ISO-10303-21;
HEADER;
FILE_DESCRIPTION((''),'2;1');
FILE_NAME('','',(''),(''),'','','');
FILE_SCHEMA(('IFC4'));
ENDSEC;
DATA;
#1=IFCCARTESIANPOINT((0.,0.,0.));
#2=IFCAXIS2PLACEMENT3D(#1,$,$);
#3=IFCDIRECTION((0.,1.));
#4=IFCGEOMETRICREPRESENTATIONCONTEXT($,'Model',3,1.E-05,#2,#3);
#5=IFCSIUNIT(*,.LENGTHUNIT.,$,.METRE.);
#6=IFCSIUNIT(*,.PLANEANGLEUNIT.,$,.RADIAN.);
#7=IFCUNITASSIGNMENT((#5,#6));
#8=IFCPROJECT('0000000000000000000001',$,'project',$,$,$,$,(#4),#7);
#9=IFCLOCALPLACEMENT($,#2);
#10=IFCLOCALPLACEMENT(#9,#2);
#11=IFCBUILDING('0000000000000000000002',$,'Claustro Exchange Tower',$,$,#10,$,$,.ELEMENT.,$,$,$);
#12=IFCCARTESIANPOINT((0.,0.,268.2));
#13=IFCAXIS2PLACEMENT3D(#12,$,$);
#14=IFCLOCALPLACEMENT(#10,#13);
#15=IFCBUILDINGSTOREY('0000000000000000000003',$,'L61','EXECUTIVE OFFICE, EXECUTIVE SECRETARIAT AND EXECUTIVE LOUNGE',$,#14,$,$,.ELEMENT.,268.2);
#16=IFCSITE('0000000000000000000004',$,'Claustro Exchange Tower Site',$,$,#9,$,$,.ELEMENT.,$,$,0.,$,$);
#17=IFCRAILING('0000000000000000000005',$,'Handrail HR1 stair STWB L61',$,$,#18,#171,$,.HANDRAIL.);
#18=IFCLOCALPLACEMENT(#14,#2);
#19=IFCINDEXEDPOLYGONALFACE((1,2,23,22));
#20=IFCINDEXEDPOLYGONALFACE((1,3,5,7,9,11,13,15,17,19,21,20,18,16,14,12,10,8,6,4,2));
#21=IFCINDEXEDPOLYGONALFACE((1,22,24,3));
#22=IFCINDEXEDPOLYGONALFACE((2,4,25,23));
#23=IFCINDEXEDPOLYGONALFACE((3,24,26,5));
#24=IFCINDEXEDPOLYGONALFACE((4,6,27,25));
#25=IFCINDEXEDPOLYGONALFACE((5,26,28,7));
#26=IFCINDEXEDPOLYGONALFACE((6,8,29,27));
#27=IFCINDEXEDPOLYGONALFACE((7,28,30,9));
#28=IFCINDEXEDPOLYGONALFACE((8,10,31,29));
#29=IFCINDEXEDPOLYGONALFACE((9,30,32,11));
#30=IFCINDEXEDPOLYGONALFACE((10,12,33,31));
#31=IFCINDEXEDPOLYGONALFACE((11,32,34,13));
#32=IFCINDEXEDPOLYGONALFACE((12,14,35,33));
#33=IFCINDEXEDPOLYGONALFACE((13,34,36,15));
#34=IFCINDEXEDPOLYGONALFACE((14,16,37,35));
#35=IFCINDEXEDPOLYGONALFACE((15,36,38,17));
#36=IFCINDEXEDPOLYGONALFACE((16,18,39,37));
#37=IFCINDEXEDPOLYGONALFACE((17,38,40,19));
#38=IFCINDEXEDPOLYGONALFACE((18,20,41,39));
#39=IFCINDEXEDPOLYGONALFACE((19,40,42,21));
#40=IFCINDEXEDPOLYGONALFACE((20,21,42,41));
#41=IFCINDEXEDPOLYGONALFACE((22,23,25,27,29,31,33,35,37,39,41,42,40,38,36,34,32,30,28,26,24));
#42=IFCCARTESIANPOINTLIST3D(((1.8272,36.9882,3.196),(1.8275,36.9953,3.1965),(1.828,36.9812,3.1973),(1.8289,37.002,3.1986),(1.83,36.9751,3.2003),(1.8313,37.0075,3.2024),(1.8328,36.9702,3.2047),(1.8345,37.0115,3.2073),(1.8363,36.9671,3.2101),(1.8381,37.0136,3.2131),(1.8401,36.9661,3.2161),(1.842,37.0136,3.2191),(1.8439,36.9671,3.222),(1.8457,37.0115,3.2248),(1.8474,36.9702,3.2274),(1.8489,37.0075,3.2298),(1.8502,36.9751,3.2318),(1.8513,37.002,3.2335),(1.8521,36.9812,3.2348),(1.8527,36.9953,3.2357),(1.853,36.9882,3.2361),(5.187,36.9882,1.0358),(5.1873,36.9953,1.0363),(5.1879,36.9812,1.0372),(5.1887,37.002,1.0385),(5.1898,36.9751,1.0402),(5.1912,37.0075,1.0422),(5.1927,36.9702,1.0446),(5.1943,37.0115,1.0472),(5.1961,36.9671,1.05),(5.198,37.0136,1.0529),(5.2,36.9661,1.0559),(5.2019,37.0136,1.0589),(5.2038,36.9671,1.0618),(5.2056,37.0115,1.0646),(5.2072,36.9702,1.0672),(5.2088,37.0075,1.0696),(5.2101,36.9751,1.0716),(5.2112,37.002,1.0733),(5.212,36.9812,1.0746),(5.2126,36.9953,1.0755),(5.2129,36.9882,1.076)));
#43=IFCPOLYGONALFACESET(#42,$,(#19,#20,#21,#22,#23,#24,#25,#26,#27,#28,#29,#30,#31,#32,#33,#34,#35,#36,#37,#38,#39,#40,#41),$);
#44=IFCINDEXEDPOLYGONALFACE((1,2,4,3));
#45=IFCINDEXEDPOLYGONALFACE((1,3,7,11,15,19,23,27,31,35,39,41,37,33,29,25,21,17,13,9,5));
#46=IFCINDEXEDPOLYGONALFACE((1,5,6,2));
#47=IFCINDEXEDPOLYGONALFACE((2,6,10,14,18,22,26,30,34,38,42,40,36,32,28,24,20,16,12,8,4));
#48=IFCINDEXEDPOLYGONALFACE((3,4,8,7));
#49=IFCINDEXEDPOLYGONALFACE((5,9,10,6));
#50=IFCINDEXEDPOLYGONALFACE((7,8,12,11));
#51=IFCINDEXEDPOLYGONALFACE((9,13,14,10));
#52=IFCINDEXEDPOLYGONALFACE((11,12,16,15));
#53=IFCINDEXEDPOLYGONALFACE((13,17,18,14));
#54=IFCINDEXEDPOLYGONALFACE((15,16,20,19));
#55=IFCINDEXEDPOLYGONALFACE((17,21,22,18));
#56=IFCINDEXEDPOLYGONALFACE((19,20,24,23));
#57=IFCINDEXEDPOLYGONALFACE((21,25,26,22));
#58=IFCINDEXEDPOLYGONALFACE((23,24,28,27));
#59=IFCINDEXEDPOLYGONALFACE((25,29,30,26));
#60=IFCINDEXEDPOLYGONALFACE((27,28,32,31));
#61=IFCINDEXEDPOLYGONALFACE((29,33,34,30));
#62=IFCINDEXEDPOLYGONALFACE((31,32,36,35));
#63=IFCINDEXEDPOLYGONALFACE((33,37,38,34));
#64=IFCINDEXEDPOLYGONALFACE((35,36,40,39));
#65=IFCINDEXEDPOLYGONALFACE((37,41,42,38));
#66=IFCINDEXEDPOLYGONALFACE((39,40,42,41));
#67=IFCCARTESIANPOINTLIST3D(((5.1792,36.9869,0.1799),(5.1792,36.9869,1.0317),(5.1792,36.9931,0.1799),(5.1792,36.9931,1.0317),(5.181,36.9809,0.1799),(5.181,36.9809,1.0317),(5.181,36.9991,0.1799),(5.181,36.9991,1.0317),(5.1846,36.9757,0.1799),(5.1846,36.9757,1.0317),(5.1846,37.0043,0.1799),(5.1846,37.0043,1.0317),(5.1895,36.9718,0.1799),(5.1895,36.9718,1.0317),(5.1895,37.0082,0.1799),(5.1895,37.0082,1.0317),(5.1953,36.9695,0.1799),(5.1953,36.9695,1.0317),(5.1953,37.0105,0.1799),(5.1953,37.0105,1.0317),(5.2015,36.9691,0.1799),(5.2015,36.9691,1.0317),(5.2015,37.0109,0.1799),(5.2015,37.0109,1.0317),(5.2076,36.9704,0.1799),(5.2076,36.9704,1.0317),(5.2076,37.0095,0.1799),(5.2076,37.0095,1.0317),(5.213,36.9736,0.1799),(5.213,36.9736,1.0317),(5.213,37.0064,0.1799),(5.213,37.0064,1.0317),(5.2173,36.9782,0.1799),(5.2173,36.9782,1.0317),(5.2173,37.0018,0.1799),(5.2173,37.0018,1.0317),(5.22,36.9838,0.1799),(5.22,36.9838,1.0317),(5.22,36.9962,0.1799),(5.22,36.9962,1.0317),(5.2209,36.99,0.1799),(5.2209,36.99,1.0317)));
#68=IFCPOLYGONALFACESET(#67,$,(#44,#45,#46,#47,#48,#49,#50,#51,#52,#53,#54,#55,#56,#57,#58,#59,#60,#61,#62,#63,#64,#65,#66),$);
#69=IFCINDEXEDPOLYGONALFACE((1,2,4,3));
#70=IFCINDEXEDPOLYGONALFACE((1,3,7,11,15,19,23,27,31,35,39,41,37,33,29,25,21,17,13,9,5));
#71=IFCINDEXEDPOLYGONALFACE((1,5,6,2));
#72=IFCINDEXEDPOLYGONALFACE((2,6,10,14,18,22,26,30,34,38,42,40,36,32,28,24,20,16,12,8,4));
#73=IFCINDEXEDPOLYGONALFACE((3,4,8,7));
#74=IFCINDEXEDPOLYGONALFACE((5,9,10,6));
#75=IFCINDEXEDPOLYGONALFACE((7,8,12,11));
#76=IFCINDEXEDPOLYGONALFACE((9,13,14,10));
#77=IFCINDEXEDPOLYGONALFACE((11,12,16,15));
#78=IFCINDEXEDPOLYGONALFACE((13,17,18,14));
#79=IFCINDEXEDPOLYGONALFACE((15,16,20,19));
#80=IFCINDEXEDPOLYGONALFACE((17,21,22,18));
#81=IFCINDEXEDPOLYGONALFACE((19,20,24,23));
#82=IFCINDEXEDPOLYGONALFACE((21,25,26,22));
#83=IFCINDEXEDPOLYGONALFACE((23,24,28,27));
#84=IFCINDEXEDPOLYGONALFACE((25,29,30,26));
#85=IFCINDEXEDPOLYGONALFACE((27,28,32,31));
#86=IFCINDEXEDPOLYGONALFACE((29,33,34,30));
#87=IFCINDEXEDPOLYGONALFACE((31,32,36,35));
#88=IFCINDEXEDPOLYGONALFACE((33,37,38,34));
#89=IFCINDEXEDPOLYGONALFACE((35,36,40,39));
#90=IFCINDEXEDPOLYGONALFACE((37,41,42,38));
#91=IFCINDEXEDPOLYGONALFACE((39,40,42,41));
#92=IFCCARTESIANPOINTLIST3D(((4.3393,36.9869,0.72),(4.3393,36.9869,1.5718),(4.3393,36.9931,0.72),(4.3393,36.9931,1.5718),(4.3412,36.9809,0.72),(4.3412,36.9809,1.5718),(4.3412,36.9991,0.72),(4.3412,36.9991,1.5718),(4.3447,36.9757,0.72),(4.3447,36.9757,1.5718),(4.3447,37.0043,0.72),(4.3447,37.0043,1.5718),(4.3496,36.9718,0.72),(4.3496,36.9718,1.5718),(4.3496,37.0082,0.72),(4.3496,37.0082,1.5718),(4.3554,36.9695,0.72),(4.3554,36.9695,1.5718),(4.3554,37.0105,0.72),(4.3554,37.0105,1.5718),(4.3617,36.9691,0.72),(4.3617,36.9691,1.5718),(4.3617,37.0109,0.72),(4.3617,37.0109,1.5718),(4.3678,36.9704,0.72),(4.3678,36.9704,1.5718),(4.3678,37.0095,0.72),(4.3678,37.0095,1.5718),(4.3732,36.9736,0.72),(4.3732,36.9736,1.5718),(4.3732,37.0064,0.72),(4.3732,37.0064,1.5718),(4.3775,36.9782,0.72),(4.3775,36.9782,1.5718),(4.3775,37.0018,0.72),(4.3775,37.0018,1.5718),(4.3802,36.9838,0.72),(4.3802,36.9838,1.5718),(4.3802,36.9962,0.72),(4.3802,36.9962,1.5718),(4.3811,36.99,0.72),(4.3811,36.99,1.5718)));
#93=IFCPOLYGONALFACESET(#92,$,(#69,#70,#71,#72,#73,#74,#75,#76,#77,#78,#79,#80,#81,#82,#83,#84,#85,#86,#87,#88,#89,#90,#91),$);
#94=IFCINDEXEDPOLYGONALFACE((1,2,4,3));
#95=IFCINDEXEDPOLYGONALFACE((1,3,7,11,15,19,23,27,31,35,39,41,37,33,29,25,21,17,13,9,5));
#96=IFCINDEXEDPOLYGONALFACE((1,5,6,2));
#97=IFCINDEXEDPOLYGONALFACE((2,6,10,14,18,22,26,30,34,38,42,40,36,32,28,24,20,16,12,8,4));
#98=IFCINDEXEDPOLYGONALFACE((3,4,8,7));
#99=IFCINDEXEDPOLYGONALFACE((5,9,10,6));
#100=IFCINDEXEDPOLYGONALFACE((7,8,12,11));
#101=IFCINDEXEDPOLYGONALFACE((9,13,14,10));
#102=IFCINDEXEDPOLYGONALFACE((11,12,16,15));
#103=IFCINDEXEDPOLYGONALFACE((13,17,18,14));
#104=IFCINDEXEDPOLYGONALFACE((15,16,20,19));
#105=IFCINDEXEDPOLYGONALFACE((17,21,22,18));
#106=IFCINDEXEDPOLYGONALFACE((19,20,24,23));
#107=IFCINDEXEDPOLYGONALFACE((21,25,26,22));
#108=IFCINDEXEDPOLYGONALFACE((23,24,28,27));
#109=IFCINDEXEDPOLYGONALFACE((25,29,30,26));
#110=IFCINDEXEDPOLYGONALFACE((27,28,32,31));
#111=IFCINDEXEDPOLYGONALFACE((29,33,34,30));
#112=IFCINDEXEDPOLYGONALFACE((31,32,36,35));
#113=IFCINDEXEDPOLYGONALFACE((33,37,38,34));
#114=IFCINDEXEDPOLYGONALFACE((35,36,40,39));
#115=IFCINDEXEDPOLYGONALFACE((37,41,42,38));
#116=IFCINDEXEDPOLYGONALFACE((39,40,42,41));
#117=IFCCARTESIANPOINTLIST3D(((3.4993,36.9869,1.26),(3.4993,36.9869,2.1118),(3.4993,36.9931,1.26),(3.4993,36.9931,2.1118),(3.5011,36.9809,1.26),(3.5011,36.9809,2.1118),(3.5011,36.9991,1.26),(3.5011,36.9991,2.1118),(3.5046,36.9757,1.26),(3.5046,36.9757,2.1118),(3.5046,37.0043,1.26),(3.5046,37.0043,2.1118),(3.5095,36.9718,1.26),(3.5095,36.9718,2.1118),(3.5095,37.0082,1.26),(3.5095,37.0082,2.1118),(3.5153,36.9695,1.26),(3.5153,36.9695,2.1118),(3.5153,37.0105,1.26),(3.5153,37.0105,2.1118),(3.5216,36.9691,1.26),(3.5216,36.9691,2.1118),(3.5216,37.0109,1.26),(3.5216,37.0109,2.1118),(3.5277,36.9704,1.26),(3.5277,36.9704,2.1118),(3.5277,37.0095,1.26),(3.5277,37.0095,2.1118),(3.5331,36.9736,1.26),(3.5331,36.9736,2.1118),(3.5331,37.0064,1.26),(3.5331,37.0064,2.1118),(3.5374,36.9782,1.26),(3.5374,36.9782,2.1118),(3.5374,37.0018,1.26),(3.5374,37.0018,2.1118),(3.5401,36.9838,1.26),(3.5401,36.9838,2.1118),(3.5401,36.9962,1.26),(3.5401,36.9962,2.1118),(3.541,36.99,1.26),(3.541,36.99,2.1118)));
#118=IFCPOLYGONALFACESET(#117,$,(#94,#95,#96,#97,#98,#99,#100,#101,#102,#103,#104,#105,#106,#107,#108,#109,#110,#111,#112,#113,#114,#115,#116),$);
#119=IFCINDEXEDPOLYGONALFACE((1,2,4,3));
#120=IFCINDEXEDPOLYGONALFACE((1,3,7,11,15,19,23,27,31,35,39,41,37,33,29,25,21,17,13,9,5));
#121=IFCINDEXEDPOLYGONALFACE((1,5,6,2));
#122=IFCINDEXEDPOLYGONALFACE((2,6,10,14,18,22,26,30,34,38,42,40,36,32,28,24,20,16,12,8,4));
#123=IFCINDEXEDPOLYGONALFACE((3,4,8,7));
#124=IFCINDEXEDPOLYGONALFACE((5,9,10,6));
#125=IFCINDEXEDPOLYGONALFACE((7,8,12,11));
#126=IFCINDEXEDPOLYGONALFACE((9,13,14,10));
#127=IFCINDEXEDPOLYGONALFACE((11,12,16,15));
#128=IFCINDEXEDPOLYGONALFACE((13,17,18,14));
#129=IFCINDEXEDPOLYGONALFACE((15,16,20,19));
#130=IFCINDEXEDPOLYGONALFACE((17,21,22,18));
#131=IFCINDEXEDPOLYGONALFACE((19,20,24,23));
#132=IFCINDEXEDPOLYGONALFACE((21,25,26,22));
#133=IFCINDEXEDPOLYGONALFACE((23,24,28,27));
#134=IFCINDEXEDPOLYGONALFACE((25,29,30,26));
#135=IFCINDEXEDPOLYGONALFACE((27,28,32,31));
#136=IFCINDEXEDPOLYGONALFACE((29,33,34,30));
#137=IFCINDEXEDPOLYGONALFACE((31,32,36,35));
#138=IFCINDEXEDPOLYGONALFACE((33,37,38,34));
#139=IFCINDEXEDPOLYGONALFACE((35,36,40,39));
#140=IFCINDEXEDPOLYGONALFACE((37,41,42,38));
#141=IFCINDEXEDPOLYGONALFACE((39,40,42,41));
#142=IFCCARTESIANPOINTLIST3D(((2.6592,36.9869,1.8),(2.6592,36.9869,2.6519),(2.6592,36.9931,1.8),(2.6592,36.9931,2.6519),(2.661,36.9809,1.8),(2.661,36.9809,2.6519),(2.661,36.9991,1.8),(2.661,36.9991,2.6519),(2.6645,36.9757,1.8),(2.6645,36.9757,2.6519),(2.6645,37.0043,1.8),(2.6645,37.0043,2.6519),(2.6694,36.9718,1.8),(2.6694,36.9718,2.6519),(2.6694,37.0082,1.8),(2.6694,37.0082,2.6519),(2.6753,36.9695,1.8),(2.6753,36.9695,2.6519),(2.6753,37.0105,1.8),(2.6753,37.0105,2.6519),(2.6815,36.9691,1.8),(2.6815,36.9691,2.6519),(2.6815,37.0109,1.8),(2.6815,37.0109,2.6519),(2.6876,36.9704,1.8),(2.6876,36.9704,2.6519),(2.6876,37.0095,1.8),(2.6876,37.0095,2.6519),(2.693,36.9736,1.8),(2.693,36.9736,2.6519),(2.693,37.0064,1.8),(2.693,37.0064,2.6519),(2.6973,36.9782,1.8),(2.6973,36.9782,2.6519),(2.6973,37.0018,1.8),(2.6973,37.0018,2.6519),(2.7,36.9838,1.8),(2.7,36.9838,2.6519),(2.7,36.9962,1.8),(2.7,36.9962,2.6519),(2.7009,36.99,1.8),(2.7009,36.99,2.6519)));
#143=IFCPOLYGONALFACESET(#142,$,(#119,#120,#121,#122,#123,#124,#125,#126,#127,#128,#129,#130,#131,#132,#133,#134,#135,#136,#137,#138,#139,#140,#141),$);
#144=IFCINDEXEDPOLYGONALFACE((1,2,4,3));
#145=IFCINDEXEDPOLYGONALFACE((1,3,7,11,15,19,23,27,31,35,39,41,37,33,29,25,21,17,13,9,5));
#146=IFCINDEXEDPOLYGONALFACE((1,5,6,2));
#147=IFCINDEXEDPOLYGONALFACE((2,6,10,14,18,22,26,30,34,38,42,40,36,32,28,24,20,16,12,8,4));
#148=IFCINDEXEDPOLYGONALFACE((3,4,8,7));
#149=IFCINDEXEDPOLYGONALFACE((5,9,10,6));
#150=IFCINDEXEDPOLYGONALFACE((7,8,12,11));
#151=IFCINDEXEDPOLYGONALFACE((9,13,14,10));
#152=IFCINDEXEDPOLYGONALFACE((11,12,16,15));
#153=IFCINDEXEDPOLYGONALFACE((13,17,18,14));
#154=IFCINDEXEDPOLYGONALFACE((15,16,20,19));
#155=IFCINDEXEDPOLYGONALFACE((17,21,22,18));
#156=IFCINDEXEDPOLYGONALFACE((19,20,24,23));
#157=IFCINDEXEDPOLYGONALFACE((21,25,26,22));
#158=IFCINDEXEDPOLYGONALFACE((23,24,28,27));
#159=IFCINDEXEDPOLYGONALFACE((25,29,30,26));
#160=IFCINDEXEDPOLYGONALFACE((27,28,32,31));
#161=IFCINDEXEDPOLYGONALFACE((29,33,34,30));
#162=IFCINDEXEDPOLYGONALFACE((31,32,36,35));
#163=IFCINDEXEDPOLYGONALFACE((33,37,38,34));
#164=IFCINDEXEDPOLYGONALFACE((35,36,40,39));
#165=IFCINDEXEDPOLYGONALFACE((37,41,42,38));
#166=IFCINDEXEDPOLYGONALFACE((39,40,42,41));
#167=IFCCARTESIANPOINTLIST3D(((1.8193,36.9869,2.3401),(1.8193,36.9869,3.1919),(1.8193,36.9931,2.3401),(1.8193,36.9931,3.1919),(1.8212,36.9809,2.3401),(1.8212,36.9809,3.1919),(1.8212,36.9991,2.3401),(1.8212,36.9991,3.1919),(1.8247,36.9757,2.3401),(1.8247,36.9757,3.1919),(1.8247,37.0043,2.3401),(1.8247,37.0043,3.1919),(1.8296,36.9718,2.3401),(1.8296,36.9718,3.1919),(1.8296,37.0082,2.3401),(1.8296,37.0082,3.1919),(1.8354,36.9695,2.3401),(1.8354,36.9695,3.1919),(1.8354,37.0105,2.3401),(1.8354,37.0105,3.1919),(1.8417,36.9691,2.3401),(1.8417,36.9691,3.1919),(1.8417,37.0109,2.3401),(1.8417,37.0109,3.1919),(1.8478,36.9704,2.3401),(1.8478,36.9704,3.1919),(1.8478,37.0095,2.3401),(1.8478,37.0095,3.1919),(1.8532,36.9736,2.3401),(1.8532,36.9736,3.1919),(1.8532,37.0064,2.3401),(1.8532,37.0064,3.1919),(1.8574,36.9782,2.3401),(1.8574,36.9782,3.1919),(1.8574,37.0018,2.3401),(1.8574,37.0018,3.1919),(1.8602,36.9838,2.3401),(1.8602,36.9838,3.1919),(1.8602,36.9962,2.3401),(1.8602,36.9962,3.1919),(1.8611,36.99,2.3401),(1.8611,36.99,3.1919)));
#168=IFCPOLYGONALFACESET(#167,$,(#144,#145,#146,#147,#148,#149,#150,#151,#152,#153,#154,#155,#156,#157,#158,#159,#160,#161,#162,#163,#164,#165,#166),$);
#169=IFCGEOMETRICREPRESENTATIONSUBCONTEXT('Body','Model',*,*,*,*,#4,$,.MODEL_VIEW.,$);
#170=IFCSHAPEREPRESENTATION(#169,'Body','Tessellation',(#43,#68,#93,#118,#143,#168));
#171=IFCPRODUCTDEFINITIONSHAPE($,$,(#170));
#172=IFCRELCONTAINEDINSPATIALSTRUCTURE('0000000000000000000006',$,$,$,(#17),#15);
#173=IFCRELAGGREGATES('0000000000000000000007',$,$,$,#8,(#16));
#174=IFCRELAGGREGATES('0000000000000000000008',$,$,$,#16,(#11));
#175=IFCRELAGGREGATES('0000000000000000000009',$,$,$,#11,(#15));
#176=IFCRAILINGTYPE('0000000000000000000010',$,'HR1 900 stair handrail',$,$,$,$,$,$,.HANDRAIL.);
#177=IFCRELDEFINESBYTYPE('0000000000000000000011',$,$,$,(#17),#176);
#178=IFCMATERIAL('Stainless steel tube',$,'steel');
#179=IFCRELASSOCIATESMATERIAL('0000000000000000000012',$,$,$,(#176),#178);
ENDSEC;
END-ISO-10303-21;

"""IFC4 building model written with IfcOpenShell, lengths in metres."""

from ifc_helpers import new_model, si_unit, direction, frame, origin, origin_2d, place, context, subcontext, project, spatial, circle, extrude, material, type_object, element, save


model = new_model("IFC4")

# Units and contexts
model_context = context("Model", 3, precision=1e-05, world=origin(), true_north=direction((0.0, 1.0)))
body_context = subcontext(model_context, "Body", "Model", "MODEL_VIEW")
ifc_project = project(units=[si_unit("LENGTHUNIT", "METRE"), si_unit("PLANEANGLEUNIT", "RADIAN")], contexts=[model_context])

# Site, building, storey
site_placement = place(None, origin())
site = spatial("IfcSite", under=ifc_project, at=site_placement, Name="Claustro Exchange Tower Site", CompositionType="ELEMENT", RefElevation=0.0)
building_placement = place(site_placement, origin())
building = spatial("IfcBuilding", under=site, at=building_placement, Name="Claustro Exchange Tower", CompositionType="ELEMENT")
storey_placement = place(building_placement, frame((0.0, 0.0, 268.2)))
storey = spatial("IfcBuildingStorey", under=building, at=storey_placement, Name="L61", Description="EXECUTIVE OFFICE, EXECUTIVE SECRETARIAT AND EXECUTIVE LOUNGE", CompositionType="ELEMENT", Elevation=268.2)

# Railing
ifc_material_1 = material(Name="Stainless steel tube", Category="steel")
railing_type_1 = type_object("IfcRailingType", Name="HR1 900 stair handrail", PredefinedType="HANDRAIL", material=ifc_material_1)
railing_1_placement = place(storey_placement, frame((5.2, 36.99, 0.1799)))
element("IfcRailing", 1, at=railing_1_placement, inside=storey, type_object=railing_type_1, Name="Handrail HR1 stair STWB L61", PredefinedType="HANDRAIL", context=body_context, shape_type="SweptSolid", body=[
    extrude(circle(Radius=0.0239, at=origin_2d()), frame((0.0, 0.0, 0.876), z_axis=(-0.841151, 0.0, 0.540801), x_axis=(0.0, -1.0, 0.0)), (0.0, 0.0, 1.0), 3.9944),
    extrude(circle(Radius=0.021, at=origin_2d()), origin(), (0.0, 0.0, 1.0), 0.8518),
    extrude(circle(Radius=0.021, at=origin_2d()), frame((-0.8398, 0.0, 0.54)), (0.0, 0.0, 1.0), 0.8518),
    extrude(circle(Radius=0.021, at=origin_2d()), frame((-1.6799, 0.0, 1.0801)), (0.0, 0.0, 1.0), 0.8518),
    extrude(circle(Radius=0.021, at=origin_2d()), frame((-2.52, 0.0, 1.6201)), (0.0, 0.0, 1.0), 0.8518),
    extrude(circle(Radius=0.021, at=origin_2d()), frame((-3.3599, 0.0, 2.1602)), (0.0, 0.0, 1.0), 0.8518),
])

save(model, "model.ifc")
